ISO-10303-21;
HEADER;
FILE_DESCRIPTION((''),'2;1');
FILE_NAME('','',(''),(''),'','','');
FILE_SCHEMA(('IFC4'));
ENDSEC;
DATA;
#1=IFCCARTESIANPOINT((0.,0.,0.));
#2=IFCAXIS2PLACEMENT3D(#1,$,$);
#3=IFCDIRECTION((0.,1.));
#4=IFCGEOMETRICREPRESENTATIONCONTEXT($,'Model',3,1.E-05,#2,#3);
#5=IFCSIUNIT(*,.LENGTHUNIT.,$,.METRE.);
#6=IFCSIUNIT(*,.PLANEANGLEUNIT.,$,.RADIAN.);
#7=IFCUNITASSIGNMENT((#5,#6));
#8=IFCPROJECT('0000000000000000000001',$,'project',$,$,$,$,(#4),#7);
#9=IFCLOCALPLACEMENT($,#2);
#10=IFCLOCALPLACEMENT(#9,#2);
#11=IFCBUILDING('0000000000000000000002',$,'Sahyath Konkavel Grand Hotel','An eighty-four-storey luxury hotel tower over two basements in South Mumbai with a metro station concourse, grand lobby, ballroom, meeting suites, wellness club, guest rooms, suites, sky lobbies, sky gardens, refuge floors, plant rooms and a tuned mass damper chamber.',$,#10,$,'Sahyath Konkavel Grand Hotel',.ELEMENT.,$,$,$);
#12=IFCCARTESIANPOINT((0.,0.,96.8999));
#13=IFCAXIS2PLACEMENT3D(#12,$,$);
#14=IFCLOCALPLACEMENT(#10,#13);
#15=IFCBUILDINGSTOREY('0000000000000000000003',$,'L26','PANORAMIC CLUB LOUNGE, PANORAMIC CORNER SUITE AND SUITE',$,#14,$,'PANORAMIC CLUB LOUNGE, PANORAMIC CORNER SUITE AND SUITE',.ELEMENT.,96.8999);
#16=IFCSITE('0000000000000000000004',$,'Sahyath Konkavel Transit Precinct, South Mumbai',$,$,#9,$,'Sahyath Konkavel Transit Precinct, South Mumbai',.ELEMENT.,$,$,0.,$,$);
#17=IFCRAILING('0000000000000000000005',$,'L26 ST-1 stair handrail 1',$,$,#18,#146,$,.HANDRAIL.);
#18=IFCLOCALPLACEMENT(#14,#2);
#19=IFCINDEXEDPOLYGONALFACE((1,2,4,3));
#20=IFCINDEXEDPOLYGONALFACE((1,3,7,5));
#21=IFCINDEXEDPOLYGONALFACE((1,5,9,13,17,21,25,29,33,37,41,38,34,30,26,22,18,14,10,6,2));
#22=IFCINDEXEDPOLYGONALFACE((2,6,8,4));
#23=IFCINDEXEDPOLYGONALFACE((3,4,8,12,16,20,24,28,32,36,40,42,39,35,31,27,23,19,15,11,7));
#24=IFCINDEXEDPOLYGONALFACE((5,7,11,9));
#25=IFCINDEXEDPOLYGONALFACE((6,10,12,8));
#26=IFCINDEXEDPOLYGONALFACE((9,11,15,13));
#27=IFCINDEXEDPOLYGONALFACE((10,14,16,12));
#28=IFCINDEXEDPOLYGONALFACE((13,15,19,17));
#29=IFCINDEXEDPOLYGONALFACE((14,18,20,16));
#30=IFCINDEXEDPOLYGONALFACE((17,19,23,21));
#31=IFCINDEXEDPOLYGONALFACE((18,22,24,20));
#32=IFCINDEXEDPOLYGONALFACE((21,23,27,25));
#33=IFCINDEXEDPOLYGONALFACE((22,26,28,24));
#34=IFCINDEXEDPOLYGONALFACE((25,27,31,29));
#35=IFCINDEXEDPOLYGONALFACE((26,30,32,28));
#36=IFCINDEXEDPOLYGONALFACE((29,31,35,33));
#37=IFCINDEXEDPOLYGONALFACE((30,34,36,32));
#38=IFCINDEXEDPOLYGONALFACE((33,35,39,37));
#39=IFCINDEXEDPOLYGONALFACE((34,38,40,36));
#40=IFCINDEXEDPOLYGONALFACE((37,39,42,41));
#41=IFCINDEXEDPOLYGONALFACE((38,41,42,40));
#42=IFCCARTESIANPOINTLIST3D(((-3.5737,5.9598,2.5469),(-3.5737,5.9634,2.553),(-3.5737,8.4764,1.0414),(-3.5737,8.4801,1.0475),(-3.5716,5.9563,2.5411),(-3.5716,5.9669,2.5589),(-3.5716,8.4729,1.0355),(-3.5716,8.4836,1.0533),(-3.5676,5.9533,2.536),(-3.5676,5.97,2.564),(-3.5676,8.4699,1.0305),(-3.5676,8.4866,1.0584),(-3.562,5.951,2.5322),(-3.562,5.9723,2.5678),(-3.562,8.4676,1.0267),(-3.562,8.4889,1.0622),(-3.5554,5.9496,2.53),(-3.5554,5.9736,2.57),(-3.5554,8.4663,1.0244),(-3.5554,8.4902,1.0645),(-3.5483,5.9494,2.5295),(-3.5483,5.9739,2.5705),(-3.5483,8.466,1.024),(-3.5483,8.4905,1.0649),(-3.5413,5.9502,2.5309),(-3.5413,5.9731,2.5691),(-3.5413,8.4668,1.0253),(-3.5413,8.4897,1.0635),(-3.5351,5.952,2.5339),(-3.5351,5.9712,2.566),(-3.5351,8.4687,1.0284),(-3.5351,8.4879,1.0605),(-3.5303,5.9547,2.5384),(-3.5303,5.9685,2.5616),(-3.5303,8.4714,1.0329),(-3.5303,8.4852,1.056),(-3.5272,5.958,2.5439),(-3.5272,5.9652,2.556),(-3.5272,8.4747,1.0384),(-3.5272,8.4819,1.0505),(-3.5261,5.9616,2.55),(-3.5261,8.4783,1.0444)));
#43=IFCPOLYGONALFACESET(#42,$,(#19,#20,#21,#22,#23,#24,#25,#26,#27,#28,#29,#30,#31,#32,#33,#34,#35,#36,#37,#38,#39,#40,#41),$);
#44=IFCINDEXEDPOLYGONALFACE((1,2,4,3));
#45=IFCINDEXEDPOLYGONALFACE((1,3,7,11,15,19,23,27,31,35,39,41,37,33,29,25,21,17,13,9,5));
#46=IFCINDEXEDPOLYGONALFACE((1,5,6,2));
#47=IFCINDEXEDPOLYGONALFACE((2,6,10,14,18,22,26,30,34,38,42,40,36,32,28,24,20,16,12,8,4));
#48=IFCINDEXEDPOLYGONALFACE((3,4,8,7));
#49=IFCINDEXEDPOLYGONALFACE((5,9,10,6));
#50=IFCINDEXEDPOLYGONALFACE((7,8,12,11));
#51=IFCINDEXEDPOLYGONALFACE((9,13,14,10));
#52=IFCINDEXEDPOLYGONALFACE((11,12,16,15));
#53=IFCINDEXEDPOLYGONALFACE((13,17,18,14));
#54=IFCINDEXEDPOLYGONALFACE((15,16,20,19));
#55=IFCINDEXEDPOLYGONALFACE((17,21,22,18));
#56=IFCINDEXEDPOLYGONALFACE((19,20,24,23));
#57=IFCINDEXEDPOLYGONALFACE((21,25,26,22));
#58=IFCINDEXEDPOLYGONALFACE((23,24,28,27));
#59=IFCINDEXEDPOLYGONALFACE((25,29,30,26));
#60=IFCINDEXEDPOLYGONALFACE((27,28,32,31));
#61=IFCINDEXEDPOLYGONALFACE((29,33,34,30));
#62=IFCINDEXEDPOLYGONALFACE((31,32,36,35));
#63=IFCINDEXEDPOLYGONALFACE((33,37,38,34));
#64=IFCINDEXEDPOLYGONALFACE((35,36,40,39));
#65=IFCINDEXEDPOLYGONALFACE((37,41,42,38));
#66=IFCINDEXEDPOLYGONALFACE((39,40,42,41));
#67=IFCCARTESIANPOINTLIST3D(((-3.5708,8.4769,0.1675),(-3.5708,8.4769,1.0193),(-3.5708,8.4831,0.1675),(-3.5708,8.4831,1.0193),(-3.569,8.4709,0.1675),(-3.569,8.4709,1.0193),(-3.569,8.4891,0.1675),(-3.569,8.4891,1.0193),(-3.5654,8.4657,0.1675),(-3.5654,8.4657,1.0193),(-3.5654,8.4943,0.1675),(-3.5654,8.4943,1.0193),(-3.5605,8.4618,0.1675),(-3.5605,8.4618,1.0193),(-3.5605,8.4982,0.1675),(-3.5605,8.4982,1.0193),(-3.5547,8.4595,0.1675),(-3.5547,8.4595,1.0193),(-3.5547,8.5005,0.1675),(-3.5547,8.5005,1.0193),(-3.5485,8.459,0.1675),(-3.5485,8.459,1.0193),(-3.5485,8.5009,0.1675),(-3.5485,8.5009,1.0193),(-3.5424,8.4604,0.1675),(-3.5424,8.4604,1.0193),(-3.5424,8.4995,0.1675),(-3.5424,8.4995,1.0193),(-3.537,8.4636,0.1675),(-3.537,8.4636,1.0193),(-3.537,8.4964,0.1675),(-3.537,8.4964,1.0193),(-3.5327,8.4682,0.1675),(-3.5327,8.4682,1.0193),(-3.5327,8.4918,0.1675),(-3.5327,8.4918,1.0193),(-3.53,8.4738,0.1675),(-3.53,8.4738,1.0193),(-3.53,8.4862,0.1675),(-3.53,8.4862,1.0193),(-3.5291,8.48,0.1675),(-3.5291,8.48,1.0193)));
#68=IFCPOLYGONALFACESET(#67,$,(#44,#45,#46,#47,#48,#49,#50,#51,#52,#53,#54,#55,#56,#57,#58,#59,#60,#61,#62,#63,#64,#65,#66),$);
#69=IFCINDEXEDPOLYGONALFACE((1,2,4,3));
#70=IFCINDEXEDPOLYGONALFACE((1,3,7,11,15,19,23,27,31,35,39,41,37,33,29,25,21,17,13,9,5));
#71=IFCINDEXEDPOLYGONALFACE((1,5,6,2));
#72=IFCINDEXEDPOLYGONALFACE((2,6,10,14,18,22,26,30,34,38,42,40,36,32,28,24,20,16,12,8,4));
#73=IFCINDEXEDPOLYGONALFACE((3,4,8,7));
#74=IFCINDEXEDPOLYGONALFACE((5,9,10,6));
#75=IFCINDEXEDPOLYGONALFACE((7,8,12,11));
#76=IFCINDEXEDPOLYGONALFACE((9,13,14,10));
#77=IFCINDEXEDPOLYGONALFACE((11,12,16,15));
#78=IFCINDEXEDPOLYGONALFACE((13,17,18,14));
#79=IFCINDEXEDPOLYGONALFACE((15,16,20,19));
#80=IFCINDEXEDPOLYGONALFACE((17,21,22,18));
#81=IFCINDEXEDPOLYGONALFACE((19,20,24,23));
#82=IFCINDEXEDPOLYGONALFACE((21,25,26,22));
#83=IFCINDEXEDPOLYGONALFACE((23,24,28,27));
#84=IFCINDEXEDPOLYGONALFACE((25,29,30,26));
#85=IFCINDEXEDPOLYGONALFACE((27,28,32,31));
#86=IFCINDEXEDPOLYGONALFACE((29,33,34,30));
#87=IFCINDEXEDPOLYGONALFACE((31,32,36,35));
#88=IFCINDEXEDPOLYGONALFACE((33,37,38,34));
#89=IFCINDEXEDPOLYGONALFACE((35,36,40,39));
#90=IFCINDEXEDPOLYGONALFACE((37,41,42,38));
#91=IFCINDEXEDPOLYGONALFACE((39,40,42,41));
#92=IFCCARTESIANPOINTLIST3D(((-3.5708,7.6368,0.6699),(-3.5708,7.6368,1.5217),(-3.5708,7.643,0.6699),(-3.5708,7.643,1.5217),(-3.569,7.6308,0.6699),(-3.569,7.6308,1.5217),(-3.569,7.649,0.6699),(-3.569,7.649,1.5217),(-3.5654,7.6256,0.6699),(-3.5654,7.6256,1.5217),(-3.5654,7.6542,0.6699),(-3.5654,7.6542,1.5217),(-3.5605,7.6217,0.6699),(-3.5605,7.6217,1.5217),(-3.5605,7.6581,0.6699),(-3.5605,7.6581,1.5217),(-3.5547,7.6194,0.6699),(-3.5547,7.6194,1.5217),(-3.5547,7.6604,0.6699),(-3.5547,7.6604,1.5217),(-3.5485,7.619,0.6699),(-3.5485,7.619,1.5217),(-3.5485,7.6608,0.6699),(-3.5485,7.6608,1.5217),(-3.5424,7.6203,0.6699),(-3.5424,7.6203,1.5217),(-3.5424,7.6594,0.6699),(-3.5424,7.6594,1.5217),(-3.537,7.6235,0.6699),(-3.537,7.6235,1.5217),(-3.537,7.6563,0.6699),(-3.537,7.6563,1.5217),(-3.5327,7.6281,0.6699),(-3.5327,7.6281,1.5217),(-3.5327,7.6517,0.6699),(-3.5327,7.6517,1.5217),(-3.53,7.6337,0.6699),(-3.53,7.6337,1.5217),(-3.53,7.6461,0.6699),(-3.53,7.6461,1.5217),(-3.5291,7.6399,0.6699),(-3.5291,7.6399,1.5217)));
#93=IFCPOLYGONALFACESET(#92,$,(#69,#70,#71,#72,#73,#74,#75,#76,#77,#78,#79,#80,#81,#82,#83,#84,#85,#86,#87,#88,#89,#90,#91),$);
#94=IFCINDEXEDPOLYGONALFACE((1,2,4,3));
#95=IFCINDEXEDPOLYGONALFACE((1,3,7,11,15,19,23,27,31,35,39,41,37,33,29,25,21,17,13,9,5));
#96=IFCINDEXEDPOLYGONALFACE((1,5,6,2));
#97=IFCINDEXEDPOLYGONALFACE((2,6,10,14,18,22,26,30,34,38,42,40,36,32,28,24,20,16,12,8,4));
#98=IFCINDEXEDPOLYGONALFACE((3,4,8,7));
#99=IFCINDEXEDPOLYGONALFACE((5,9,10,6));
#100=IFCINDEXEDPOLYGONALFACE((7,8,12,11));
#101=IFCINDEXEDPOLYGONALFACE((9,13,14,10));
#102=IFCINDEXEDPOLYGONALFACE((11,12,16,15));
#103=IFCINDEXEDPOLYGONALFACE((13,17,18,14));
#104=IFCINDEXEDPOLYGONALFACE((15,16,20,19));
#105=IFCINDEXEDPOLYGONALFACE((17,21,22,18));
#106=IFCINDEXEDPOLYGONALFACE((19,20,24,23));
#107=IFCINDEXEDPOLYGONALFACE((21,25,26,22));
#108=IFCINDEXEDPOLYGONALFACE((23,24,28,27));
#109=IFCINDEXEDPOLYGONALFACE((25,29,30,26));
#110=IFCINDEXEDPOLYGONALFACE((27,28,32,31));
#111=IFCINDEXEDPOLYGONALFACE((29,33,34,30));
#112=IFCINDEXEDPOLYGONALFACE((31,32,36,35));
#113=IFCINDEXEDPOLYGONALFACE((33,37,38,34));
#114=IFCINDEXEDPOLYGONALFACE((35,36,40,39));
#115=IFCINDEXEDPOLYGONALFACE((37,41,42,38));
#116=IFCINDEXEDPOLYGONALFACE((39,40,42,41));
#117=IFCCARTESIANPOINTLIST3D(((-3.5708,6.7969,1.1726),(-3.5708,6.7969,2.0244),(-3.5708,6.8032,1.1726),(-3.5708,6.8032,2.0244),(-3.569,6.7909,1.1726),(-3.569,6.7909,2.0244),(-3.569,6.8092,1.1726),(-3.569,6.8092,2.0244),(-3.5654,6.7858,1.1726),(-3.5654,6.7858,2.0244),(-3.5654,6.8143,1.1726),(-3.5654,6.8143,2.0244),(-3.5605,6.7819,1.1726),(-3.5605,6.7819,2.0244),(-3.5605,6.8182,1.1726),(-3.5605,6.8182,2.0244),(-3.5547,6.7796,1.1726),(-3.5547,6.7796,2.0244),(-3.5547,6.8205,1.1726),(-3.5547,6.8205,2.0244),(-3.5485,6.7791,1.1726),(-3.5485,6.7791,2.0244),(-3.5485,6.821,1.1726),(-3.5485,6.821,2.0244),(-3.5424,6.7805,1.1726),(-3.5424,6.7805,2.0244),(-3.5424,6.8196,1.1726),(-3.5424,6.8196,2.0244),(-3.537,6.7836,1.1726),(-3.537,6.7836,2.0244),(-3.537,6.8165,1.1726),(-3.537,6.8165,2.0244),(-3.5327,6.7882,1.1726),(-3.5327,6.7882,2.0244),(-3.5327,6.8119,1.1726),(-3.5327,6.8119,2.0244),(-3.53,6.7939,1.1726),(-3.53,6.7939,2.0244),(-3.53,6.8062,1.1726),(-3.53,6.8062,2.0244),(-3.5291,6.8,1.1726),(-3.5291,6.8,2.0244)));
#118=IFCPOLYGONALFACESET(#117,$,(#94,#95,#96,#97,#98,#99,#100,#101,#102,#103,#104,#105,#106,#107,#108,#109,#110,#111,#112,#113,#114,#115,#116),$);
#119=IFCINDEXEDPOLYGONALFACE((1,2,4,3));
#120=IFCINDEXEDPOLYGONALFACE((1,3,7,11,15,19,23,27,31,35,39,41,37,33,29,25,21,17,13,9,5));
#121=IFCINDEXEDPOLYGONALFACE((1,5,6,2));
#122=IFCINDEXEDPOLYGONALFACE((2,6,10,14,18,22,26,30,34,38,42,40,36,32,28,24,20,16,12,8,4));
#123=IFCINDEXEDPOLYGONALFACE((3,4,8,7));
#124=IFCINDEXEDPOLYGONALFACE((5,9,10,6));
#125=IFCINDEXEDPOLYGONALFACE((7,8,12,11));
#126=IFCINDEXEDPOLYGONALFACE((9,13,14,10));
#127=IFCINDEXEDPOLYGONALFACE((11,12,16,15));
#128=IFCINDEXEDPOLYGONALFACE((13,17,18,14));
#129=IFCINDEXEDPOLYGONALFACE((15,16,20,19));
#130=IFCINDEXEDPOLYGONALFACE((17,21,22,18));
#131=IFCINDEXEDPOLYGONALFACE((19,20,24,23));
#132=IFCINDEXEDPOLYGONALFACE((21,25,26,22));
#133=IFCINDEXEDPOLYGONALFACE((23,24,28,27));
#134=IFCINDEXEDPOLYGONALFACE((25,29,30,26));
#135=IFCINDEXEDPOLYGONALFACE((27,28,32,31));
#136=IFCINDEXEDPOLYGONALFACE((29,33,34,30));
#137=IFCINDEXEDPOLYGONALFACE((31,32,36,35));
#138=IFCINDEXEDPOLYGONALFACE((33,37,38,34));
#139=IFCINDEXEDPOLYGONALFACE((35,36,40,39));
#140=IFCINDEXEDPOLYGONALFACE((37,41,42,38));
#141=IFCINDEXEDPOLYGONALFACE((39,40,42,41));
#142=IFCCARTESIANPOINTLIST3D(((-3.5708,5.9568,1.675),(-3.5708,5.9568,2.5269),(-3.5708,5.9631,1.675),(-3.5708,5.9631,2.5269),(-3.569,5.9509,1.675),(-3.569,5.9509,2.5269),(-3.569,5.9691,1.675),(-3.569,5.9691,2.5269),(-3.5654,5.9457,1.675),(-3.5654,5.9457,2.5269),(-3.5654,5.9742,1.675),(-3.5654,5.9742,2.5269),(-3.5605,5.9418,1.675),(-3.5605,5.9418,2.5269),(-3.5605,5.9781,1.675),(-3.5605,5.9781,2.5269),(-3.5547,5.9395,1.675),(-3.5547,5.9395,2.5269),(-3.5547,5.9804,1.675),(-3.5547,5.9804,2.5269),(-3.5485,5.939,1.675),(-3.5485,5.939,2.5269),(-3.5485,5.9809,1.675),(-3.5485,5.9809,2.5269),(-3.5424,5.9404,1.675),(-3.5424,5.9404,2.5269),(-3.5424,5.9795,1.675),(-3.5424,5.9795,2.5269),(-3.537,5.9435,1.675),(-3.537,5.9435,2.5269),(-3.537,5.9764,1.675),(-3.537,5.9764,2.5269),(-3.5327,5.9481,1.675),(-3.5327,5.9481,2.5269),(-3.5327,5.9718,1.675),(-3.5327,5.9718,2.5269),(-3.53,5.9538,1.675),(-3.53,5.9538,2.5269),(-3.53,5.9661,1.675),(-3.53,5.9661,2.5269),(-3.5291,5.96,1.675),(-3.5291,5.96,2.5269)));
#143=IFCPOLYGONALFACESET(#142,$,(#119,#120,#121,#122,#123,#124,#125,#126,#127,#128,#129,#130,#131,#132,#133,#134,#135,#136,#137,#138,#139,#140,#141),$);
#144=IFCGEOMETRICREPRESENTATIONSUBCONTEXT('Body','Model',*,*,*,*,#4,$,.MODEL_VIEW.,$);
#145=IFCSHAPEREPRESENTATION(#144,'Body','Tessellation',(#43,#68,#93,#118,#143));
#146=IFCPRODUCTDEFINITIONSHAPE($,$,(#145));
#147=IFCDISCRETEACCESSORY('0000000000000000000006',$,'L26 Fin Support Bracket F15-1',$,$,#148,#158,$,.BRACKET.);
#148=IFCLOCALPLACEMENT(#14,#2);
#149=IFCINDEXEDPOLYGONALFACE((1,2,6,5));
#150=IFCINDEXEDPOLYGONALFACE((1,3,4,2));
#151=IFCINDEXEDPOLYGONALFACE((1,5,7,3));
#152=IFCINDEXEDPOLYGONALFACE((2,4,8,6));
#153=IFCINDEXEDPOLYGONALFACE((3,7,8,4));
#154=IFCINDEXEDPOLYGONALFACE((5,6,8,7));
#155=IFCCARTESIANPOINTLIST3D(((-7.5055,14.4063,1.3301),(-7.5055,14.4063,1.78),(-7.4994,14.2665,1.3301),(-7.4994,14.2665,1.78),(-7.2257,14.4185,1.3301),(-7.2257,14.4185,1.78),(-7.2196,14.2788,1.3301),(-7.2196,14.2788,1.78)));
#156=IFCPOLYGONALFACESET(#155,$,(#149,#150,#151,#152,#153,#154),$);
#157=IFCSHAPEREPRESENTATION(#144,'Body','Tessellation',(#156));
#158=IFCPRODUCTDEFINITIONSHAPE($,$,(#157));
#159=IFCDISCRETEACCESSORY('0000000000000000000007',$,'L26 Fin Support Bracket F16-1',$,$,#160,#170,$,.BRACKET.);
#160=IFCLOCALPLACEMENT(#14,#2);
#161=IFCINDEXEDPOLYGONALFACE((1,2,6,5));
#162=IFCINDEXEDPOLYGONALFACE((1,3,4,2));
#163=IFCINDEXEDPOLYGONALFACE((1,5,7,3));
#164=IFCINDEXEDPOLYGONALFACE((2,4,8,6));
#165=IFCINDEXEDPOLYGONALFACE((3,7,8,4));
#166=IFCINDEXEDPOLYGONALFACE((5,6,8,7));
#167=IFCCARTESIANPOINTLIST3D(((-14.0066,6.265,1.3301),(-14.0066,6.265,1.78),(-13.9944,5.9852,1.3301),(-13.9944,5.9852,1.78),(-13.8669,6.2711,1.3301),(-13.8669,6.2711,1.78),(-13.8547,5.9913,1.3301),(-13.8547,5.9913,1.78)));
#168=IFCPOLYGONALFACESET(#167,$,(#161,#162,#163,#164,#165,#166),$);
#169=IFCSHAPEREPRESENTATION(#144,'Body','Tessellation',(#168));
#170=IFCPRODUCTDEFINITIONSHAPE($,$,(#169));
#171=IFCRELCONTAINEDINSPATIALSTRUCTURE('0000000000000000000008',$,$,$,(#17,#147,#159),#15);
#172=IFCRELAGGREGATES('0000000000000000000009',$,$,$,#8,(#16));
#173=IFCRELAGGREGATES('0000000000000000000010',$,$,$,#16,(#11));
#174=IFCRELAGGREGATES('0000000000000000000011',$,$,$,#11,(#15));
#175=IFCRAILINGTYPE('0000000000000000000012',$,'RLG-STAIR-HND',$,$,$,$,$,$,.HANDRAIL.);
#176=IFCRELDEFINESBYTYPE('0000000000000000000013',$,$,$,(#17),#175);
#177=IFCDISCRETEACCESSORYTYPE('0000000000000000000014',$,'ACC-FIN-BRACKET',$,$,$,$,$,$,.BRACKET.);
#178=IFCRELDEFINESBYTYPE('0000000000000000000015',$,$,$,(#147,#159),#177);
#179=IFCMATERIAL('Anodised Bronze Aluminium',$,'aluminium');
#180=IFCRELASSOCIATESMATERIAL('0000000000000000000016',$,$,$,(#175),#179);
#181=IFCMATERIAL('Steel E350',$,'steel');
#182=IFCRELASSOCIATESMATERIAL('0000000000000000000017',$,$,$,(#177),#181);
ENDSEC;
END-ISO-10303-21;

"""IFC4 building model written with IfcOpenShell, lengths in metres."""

from ifc_helpers import new_model, si_unit, direction, frame, origin, origin_2d, place, context, subcontext, project, spatial, rectangle, circle, extrude, source, transform, mapped, material, type_object, element, save


model = new_model("IFC4")

# Units and contexts
model_context = context("Model", 3, precision=1e-05, world=origin(), true_north=direction((0.0, 1.0)))
body_context = subcontext(model_context, "Body", "Model", "MODEL_VIEW")
ifc_project = project(units=[si_unit("LENGTHUNIT", "METRE"), si_unit("PLANEANGLEUNIT", "RADIAN")], contexts=[model_context])

# Site, building, storey
site_placement = place(None, origin())
site = spatial("IfcSite", under=ifc_project, at=site_placement, Name="Sahyath Konkavel Transit Precinct, South Mumbai", LongName="Sahyath Konkavel Transit Precinct, South Mumbai", CompositionType="ELEMENT", RefElevation=0.0)
building_placement = place(site_placement, origin())
building = spatial("IfcBuilding", under=site, at=building_placement, Name="Sahyath Konkavel Grand Hotel", Description="An eighty-four-storey luxury hotel tower over two basements in South Mumbai with a metro station concourse, grand lobby, ballroom, meeting suites, wellness club, guest rooms, suites, sky lobbies, sky gardens, refuge floors, plant rooms and a tuned mass damper chamber.", LongName="Sahyath Konkavel Grand Hotel", CompositionType="ELEMENT")
storey_placement = place(building_placement, frame((0.0, 0.0, 96.8999)))
storey = spatial("IfcBuildingStorey", under=building, at=storey_placement, Name="L26", Description="PANORAMIC CLUB LOUNGE, PANORAMIC CORNER SUITE AND SUITE", LongName="PANORAMIC CLUB LOUNGE, PANORAMIC CORNER SUITE AND SUITE", CompositionType="ELEMENT", Elevation=96.8999)

# Shared definitions
ifc_material_1 = material(Name="Steel E350", Category="steel")

# Shared definitions
ifc_material_2 = material(Name="Anodised Bronze Aluminium", Category="aluminium")

# Railing
railing_type_1 = type_object("IfcRailingType", Name="RLG-STAIR-HND", PredefinedType="HANDRAIL", material=ifc_material_2)
railing_1_placement = place(storey_placement, frame((-3.55, 8.48, 0.1675)))
element("IfcRailing", 1, at=railing_1_placement, inside=storey, type_object=railing_type_1, Name="L26 ST-1 stair handrail 1", PredefinedType="HANDRAIL", context=body_context, shape_type="SweptSolid", body=[
    extrude(circle(Radius=0.0239, at=origin_2d()), frame((0.0, -0.0017, 0.877), z_axis=(0.0, -0.85816, 0.513383), x_axis=(1.0, 0.0, 0.0)), (0.0, 0.0, 1.0), 2.9326),
    extrude(circle(Radius=0.021, at=origin_2d()), origin(), (0.0, 0.0, 1.0), 0.8518),
    extrude(circle(Radius=0.021, at=origin_2d()), frame((0.0, -0.8401, 0.5024)), (0.0, 0.0, 1.0), 0.8518),
    extrude(circle(Radius=0.021, at=origin_2d()), frame((0.0, -1.6799, 1.0051)), (0.0, 0.0, 1.0), 0.8518),
    extrude(circle(Radius=0.021, at=origin_2d()), frame((0.0, -2.52, 1.5076)), (0.0, 0.0, 1.0), 0.8518),
])

# Discrete accessories
discrete_accessory_type = type_object("IfcDiscreteAccessoryType", Name="ACC-FIN-BRACKET", PredefinedType="BRACKET", material=ifc_material_1)
shared_shape_1 = source(origin(), body_context, "Body", "SweptSolid", [
    extrude(rectangle(XDim=0.28, YDim=0.1399, at=origin_2d()), origin(), (0.0, 0.0, 1.0), 0.45),
])
for number, where, z_axis, x_axis, name in (
    (2, (-7.3625, 14.3425, 1.3301), (0.0, 0.0, 1.0), (-0.999048, -0.043619, 0.0), "L26 Fin Support Bracket F15-1"),
    (3, (-13.9307, 6.1282, 1.3301), (0.0, 0.0, 1.0), (-0.043602, 0.999049, 0.0), "L26 Fin Support Bracket F16-1"),
):
    element("IfcDiscreteAccessory", number, at=place(storey_placement, frame(where, z_axis=z_axis, x_axis=x_axis)), inside=storey, type_object=discrete_accessory_type, Name=name, PredefinedType="BRACKET", context=body_context, shape_type="MappedRepresentation", body=[
        mapped(shared_shape_1, transform((0.0, 0.0, 0.0), scale=1.0)),
    ])

save(model, "model.ifc")
